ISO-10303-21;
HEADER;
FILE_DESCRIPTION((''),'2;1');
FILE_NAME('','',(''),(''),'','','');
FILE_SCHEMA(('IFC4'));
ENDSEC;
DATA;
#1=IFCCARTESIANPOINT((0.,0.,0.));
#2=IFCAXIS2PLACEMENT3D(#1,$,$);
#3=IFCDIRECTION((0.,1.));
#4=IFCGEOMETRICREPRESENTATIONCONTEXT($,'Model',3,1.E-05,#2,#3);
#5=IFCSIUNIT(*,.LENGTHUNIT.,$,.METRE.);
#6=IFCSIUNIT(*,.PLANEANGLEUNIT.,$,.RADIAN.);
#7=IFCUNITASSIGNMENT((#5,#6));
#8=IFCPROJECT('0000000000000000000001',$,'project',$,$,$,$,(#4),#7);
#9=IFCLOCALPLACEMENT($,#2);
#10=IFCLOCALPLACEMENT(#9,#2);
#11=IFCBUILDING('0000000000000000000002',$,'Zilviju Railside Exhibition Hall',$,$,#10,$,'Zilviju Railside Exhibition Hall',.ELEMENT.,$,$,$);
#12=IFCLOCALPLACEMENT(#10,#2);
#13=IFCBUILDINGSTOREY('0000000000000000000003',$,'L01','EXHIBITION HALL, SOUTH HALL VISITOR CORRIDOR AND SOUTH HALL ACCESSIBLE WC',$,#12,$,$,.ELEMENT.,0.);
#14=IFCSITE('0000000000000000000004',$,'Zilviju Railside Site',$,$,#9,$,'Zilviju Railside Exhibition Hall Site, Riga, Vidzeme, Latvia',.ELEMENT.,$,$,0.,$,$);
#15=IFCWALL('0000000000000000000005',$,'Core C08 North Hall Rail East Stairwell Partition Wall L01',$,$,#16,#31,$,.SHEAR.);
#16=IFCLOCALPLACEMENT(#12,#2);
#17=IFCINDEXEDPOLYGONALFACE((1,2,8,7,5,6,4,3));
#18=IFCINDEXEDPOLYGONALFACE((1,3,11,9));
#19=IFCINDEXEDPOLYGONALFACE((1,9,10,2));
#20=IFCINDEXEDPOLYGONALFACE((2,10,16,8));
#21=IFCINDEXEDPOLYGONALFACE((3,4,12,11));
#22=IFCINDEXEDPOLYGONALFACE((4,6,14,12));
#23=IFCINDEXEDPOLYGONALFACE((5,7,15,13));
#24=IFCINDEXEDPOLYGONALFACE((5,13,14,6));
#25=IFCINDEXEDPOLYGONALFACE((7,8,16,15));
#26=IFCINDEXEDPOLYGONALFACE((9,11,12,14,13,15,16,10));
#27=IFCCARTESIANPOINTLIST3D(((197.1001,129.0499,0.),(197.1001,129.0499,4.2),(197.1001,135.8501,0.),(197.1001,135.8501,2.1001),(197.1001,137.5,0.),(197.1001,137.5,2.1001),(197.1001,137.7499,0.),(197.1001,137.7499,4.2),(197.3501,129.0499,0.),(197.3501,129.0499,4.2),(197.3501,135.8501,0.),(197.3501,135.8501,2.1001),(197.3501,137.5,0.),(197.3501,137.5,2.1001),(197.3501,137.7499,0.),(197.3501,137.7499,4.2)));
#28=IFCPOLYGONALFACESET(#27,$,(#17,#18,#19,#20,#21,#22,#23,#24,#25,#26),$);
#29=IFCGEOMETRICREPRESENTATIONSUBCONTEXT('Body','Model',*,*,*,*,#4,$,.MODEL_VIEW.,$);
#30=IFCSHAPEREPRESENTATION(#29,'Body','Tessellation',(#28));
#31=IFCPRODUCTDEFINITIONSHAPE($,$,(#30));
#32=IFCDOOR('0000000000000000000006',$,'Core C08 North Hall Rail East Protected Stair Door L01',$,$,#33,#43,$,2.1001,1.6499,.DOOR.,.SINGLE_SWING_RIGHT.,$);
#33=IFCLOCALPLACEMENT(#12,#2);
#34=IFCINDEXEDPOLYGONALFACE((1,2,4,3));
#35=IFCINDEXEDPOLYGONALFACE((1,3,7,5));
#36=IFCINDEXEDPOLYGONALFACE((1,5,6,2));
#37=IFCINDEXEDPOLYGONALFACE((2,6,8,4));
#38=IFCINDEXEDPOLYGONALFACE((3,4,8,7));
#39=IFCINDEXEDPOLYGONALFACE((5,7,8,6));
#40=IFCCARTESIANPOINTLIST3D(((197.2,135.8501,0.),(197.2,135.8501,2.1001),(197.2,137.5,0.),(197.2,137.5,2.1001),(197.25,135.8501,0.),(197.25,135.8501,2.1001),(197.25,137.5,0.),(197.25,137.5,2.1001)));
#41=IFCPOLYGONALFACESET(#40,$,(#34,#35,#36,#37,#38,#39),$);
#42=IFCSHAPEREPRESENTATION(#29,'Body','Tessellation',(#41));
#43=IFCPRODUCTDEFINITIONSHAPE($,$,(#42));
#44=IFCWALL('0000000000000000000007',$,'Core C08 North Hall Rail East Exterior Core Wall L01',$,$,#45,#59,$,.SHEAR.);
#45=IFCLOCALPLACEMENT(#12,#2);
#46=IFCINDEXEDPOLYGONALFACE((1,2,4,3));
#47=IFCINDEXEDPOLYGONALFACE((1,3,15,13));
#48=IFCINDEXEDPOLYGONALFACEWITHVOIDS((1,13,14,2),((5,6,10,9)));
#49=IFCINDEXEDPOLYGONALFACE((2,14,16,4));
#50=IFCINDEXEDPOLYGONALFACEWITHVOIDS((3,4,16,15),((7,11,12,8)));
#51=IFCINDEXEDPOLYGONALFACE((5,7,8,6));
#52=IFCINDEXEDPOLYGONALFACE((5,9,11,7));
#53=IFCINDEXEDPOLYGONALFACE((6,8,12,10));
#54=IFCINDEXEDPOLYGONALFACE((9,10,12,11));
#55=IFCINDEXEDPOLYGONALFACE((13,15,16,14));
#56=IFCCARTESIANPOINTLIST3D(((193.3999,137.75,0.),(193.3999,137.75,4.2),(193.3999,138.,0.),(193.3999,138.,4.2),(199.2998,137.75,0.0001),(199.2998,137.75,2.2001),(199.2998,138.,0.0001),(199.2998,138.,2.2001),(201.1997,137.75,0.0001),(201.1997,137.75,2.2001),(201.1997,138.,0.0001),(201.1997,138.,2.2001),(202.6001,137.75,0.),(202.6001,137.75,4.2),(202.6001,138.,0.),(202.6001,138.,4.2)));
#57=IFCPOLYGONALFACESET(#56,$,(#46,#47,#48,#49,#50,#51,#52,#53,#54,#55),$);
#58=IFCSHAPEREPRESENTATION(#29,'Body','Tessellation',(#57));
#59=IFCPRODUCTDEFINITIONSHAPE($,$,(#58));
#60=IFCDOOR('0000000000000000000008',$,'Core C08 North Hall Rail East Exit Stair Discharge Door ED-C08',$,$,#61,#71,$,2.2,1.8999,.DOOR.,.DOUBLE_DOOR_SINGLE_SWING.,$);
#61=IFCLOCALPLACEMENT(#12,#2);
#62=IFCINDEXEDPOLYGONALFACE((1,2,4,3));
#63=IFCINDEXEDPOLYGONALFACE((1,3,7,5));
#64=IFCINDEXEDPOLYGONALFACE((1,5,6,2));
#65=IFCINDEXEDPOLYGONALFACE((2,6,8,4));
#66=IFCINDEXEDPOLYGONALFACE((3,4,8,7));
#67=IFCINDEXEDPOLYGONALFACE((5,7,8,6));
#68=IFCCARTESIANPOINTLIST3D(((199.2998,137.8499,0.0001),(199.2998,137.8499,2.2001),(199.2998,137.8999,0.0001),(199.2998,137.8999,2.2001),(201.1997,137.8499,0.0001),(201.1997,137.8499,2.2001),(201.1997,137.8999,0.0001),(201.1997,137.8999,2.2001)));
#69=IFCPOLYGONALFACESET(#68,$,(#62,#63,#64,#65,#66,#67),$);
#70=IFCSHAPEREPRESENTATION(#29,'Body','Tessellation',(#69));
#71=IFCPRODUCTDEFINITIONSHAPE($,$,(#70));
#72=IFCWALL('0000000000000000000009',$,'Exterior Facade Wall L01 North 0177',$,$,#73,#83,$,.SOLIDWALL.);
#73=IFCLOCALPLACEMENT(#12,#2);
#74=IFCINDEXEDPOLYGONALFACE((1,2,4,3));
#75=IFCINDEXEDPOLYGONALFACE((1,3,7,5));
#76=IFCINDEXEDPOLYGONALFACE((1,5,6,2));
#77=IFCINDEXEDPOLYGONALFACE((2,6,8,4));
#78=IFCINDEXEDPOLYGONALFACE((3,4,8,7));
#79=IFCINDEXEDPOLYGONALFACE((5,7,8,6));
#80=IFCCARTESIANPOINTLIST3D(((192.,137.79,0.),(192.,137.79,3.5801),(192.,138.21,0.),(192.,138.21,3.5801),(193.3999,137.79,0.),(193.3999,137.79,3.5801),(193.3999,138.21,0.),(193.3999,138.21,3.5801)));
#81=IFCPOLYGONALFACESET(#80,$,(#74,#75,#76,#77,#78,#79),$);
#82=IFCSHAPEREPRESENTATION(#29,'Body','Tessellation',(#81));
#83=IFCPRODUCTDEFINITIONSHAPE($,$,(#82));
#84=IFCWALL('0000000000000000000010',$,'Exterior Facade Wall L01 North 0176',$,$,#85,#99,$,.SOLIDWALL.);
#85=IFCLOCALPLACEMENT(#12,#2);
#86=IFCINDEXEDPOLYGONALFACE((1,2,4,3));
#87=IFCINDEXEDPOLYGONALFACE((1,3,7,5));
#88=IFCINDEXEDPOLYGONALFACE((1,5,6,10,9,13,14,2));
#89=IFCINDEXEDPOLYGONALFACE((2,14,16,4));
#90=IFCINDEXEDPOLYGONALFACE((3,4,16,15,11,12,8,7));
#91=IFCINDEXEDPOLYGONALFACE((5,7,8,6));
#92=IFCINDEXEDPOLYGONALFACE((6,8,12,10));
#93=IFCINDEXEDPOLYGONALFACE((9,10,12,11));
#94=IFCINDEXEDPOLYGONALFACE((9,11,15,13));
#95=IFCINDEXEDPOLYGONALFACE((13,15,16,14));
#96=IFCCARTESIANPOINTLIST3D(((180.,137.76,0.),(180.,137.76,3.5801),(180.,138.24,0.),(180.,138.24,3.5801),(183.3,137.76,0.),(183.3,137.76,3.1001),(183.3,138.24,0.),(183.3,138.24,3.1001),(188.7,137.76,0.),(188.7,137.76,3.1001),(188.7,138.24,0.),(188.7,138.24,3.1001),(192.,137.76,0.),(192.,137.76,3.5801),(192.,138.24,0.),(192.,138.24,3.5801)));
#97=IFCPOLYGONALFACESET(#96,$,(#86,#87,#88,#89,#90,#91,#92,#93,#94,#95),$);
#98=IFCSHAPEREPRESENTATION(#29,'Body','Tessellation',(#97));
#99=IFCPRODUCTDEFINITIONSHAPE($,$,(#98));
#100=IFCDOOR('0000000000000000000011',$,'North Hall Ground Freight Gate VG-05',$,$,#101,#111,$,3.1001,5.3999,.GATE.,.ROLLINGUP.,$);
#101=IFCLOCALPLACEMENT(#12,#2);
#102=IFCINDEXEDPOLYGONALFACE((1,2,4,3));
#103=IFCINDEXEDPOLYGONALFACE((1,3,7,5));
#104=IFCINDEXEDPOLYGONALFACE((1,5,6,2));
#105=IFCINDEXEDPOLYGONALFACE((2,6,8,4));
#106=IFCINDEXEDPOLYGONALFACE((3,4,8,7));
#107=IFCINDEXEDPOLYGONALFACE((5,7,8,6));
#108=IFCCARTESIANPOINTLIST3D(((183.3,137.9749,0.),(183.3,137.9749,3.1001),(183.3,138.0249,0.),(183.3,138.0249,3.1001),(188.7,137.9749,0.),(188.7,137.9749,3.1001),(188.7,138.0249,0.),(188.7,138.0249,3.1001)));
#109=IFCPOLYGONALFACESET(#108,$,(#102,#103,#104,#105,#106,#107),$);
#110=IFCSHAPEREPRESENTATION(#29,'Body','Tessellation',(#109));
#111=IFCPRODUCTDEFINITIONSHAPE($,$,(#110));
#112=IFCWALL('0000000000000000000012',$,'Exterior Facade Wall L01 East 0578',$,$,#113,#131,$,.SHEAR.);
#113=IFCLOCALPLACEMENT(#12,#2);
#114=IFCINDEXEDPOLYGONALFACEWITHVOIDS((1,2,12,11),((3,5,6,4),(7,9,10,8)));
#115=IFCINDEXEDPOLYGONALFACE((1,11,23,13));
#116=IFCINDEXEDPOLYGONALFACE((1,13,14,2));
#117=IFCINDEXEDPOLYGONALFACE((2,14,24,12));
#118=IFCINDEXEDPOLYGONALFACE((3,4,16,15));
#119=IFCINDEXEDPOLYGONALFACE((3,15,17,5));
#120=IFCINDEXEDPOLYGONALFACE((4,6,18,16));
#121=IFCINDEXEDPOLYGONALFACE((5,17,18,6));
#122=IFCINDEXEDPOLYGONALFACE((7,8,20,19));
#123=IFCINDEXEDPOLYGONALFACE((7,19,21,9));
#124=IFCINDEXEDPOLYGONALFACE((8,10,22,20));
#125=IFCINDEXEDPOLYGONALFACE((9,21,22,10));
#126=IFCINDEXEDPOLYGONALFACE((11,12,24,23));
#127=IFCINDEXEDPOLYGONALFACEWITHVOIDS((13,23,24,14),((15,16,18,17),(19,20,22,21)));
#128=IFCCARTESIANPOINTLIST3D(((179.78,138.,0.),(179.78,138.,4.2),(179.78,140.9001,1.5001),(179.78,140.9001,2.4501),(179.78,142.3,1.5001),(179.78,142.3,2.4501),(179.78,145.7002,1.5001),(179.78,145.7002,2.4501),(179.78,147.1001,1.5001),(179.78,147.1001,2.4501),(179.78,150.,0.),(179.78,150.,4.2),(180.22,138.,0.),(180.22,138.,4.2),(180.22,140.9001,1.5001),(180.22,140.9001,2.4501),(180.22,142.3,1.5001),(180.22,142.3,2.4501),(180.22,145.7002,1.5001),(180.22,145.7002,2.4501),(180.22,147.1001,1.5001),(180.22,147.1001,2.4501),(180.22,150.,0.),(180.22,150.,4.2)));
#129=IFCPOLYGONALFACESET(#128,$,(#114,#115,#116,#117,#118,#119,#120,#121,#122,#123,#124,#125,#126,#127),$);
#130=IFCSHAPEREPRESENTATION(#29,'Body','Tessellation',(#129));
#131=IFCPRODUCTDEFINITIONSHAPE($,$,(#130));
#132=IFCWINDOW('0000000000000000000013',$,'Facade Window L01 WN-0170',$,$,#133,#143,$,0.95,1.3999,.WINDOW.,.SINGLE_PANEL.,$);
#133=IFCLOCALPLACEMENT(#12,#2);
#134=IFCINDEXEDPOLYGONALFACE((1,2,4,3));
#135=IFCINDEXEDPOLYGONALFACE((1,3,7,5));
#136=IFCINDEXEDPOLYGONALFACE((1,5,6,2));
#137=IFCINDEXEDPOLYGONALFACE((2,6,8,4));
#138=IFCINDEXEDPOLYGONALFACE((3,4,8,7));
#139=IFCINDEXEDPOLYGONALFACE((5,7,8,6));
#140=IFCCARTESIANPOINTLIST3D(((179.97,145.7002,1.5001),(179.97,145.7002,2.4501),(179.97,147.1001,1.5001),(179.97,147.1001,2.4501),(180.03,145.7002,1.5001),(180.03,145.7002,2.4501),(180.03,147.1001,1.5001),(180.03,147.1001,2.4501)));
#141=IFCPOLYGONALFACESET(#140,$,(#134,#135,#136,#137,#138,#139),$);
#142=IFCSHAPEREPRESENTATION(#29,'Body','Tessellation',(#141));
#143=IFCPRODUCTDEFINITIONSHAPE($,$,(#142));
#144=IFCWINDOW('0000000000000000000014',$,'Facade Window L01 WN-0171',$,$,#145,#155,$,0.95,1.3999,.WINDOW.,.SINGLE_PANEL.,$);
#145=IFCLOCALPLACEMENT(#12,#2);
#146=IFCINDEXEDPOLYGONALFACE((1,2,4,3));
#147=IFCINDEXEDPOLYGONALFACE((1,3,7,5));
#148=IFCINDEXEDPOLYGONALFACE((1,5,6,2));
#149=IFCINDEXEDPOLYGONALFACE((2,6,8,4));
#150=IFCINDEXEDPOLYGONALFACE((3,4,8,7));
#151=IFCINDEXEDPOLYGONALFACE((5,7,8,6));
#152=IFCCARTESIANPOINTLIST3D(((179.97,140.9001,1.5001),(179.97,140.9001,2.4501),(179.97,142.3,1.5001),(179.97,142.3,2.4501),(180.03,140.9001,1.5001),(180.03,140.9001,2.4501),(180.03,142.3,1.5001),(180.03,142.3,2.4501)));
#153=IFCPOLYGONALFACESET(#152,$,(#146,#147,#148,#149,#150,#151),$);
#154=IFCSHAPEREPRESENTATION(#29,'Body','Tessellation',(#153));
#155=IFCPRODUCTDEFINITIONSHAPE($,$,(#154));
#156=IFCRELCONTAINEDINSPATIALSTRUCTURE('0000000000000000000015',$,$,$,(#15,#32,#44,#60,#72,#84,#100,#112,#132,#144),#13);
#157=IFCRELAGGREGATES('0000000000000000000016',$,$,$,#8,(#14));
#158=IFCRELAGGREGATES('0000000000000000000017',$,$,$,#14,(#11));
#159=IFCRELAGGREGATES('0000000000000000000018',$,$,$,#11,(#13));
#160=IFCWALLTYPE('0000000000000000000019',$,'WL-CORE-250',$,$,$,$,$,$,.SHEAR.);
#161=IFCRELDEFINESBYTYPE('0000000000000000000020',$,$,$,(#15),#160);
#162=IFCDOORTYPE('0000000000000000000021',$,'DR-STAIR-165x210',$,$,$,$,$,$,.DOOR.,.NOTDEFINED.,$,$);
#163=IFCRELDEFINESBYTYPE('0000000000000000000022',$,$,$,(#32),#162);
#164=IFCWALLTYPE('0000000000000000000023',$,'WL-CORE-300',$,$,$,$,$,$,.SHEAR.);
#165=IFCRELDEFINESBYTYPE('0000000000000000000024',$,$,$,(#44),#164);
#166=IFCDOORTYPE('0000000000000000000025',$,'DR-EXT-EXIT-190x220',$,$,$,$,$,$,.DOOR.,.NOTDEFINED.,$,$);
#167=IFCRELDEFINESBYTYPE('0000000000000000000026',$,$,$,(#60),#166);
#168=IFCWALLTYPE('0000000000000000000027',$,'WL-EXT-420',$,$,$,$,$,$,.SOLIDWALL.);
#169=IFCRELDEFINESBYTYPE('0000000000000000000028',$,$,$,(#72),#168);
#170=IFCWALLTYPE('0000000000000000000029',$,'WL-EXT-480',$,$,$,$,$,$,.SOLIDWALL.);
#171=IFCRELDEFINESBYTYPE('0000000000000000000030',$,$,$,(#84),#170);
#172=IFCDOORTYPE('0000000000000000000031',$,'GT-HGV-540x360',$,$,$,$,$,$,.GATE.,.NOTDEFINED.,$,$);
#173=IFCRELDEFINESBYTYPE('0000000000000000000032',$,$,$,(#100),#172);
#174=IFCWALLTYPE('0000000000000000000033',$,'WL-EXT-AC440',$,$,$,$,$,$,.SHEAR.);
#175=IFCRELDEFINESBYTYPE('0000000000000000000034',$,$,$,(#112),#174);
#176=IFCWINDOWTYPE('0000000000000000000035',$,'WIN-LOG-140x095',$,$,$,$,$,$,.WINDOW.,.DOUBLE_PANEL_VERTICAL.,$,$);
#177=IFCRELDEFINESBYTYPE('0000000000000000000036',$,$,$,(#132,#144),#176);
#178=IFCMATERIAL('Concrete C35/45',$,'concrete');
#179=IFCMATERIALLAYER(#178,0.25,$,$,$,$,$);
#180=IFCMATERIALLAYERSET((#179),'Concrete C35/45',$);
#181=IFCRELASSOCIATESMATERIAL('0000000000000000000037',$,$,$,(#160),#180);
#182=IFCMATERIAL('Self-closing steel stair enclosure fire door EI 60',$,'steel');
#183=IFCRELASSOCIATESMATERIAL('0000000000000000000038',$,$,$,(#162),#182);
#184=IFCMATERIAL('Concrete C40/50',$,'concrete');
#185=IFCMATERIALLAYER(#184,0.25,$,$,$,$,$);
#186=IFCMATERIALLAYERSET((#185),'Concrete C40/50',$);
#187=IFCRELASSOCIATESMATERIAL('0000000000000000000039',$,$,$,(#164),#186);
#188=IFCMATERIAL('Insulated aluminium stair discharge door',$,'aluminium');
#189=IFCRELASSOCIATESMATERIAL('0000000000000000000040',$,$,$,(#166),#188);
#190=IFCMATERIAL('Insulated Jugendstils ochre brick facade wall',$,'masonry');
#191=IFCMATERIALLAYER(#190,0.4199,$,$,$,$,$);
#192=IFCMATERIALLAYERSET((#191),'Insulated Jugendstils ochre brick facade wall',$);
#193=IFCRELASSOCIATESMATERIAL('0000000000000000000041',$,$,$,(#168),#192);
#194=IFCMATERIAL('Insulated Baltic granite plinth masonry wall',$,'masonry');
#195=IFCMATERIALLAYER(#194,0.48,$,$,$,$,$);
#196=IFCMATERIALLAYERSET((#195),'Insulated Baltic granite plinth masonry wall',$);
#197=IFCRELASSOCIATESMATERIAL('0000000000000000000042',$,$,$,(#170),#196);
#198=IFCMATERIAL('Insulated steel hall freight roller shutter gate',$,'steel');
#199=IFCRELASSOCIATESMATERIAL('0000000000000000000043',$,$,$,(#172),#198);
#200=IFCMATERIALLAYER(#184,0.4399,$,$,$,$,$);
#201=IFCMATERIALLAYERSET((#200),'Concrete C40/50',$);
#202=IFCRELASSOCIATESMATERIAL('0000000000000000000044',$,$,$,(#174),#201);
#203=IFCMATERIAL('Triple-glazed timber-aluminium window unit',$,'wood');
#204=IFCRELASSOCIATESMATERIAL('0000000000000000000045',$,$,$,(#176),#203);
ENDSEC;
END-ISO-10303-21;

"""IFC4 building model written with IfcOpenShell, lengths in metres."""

from ifc_helpers import new_model, si_unit, direction, frame, frame_2d, origin, place, context, subcontext, project, spatial, rectangle, extrude, material, layer, layer_set, type_object, element, fill, save


model = new_model("IFC4")

# Units and contexts
model_context = context("Model", 3, precision=1e-05, world=origin(), true_north=direction((0.0, 1.0)))
body_context = subcontext(model_context, "Body", "Model", "MODEL_VIEW")
ifc_project = project(units=[si_unit("LENGTHUNIT", "METRE"), si_unit("PLANEANGLEUNIT", "RADIAN")], contexts=[model_context])

# Site, building, storey
site_placement = place(None, origin())
site = spatial("IfcSite", under=ifc_project, at=site_placement, Name="Zilviju Railside Site", LongName="Zilviju Railside Exhibition Hall Site, Riga, Vidzeme, Latvia", CompositionType="ELEMENT", RefElevation=0.0)
building_placement = place(site_placement, origin())
building = spatial("IfcBuilding", under=site, at=building_placement, Name="Zilviju Railside Exhibition Hall", LongName="Zilviju Railside Exhibition Hall", CompositionType="ELEMENT")
storey_placement = place(building_placement, origin())
storey = spatial("IfcBuildingStorey", under=building, at=storey_placement, Name="L01", Description="EXHIBITION HALL, SOUTH HALL VISITOR CORRIDOR AND SOUTH HALL ACCESSIBLE WC", CompositionType="ELEMENT", Elevation=0.0)

# Shared definitions
ifc_material_1 = material(Name="Concrete C35/45", Category="concrete")

# Shared definitions
ifc_material_2 = material(Name="Concrete C40/50", Category="concrete")

# Walls, openings, doors
ifc_layer_1 = layer(ifc_material_1, 0.25)
ifc_layer_set_1 = layer_set([ifc_layer_1], Name="Concrete C35/45")
wall_type_1 = type_object("IfcWallType", Name="WL-CORE-250", PredefinedType="SHEAR", material=ifc_layer_set_1)
wall_1_placement = place(storey_placement, frame((197.2251, 137.75, 0.0), z_axis=(0.0, 0.0, 1.0), x_axis=(0.0, -1.0, 0.0)))
wall_1 = element("IfcWall", 1, at=wall_1_placement, inside=storey, type_object=wall_type_1, Name="Core C08 North Hall Rail East Stairwell Partition Wall L01", PredefinedType="SHEAR", context=body_context, shape_type="SweptSolid", body=[
    extrude(rectangle(XDim=8.7, YDim=0.25, at=frame_2d((4.3501, 0.0))), origin(), (0.0, 0.0, 1.0), 4.2),
])
opening_1_placement = place(wall_1_placement, frame((0.25, 0.0, 0.0)))
opening_1 = element("IfcOpeningElement", 2, at=opening_1_placement, cuts=wall_1, PredefinedType="OPENING", context=body_context, shape_type="SweptSolid", body=[
    extrude(rectangle(XDim=1.6499, YDim=2.1001, at=frame_2d((0.825, 1.05))), frame((0.0, 0.135, 0.0), z_axis=(0.0, -1.0, 0.0), x_axis=(1.0, 0.0, 0.0)), (0.0, 0.0, 1.0), 0.27),
])
ifc_material_3 = material(Name="Self-closing steel stair enclosure fire door EI 60", Category="steel")
door_type_1 = type_object("IfcDoorType", Name="DR-STAIR-165x210", OperationType="NOTDEFINED", PredefinedType="DOOR", material=ifc_material_3)
door_1_placement = place(opening_1_placement, origin())
door_1 = element("IfcDoor", 3, at=door_1_placement, inside=storey, type_object=door_type_1, Name="Core C08 North Hall Rail East Protected Stair Door L01", OperationType="SINGLE_SWING_RIGHT", OverallHeight=2.1001, OverallWidth=1.6499, PredefinedType="DOOR", context=body_context, shape_type="SweptSolid", body=[
    extrude(rectangle(XDim=1.6499, YDim=2.1001, at=frame_2d((0.825, 1.05))), frame((0.0, 0.0249, 0.0), z_axis=(0.0, -1.0, 0.0), x_axis=(1.0, 0.0, 0.0)), (0.0, 0.0, 1.0), 0.05),
])
fill(opening_1, door_1)
ifc_layer_2 = layer(ifc_material_2, 0.25)
ifc_layer_set_2 = layer_set([ifc_layer_2], Name="Concrete C40/50")
wall_type_2 = type_object("IfcWallType", Name="WL-CORE-300", PredefinedType="SHEAR", material=ifc_layer_set_2)
wall_2_placement = place(storey_placement, frame((193.3999, 137.875, 0.0), z_axis=(0.0, 0.0, 1.0), x_axis=(1.0, 0.0, 0.0)))
wall_2 = element("IfcWall", 4, at=wall_2_placement, inside=storey, type_object=wall_type_2, Name="Core C08 North Hall Rail East Exterior Core Wall L01", PredefinedType="SHEAR", context=body_context, shape_type="SweptSolid", body=[
    extrude(rectangle(XDim=9.2002, YDim=0.25, at=frame_2d((4.6001, 0.0))), origin(), (0.0, 0.0, 1.0), 4.2),
])
opening_2_placement = place(wall_2_placement, frame((5.8999, 0.0, 0.0)))
opening_2 = element("IfcOpeningElement", 5, at=opening_2_placement, cuts=wall_2, PredefinedType="OPENING", context=body_context, shape_type="SweptSolid", body=[
    extrude(rectangle(XDim=1.8999, YDim=2.2, at=frame_2d((0.95, 1.1001))), frame((0.0, 0.135, 0.0), z_axis=(0.0, -1.0, 0.0), x_axis=(1.0, 0.0, 0.0)), (0.0, 0.0, 1.0), 0.27),
])
ifc_material_4 = material(Name="Insulated aluminium stair discharge door", Category="aluminium")
door_type_2 = type_object("IfcDoorType", Name="DR-EXT-EXIT-190x220", OperationType="NOTDEFINED", PredefinedType="DOOR", material=ifc_material_4)
door_2_placement = place(opening_2_placement, origin())
door_2 = element("IfcDoor", 6, at=door_2_placement, inside=storey, type_object=door_type_2, Name="Core C08 North Hall Rail East Exit Stair Discharge Door ED-C08", OperationType="DOUBLE_DOOR_SINGLE_SWING", OverallHeight=2.2, OverallWidth=1.8999, PredefinedType="DOOR", context=body_context, shape_type="SweptSolid", body=[
    extrude(rectangle(XDim=1.8999, YDim=2.2, at=frame_2d((0.95, 1.1001))), frame((0.0, 0.0249, 0.0), z_axis=(0.0, -1.0, 0.0), x_axis=(1.0, 0.0, 0.0)), (0.0, 0.0, 1.0), 0.05),
])
fill(opening_2, door_2)

# Wall
ifc_material_5 = material(Name="Insulated Jugendstils ochre brick facade wall", Category="masonry")
ifc_layer_3 = layer(ifc_material_5, 0.4199)
ifc_layer_set_3 = layer_set([ifc_layer_3], Name="Insulated Jugendstils ochre brick facade wall")
wall_type_3 = type_object("IfcWallType", Name="WL-EXT-420", PredefinedType="SOLIDWALL", material=ifc_layer_set_3)
wall_3_placement = place(storey_placement, frame((192.0, 138.0, 0.0), z_axis=(0.0, 0.0, 1.0), x_axis=(1.0, 0.0, 0.0)))
element("IfcWall", 7, at=wall_3_placement, inside=storey, type_object=wall_type_3, Name="Exterior Facade Wall L01 North 0177", PredefinedType="SOLIDWALL", context=body_context, shape_type="SweptSolid", body=[
    extrude(rectangle(XDim=1.3999, YDim=0.4199, at=frame_2d((0.7, 0.0))), origin(), (0.0, 0.0, 1.0), 3.5801),
])

# Wall, opening, door
ifc_material_6 = material(Name="Insulated Baltic granite plinth masonry wall", Category="masonry")
ifc_layer_4 = layer(ifc_material_6, 0.48)
ifc_layer_set_4 = layer_set([ifc_layer_4], Name="Insulated Baltic granite plinth masonry wall")
wall_type_4 = type_object("IfcWallType", Name="WL-EXT-480", PredefinedType="SOLIDWALL", material=ifc_layer_set_4)
wall_4_placement = place(storey_placement, frame((180.0, 138.0, 0.0), z_axis=(0.0, 0.0, 1.0), x_axis=(1.0, 0.0, 0.0)))
wall_4 = element("IfcWall", 8, at=wall_4_placement, inside=storey, type_object=wall_type_4, Name="Exterior Facade Wall L01 North 0176", PredefinedType="SOLIDWALL", context=body_context, shape_type="SweptSolid", body=[
    extrude(rectangle(XDim=12.0, YDim=0.48, at=frame_2d((6.0, 0.0))), origin(), (0.0, 0.0, 1.0), 3.5801),
])
opening_3_placement = place(wall_4_placement, frame((3.3, 0.0, 0.0)))
opening_3 = element("IfcOpeningElement", 9, at=opening_3_placement, cuts=wall_4, PredefinedType="OPENING", context=body_context, shape_type="SweptSolid", body=[
    extrude(rectangle(XDim=5.3999, YDim=3.1001, at=frame_2d((2.7, 1.55))), frame((0.0, 0.25, 0.0), z_axis=(0.0, -1.0, 0.0), x_axis=(1.0, 0.0, 0.0)), (0.0, 0.0, 1.0), 0.5),
])
ifc_material_7 = material(Name="Insulated steel hall freight roller shutter gate", Category="steel")
door_type_3 = type_object("IfcDoorType", Name="GT-HGV-540x360", OperationType="NOTDEFINED", PredefinedType="GATE", material=ifc_material_7)
door_3_placement = place(opening_3_placement, origin())
door_3 = element("IfcDoor", 10, at=door_3_placement, inside=storey, type_object=door_type_3, Name="North Hall Ground Freight Gate VG-05", OperationType="ROLLINGUP", OverallHeight=3.1001, OverallWidth=5.3999, PredefinedType="GATE", context=body_context, shape_type="SweptSolid", body=[
    extrude(rectangle(XDim=5.3999, YDim=3.1001, at=frame_2d((2.7, 1.55))), frame((0.0, 0.0249, 0.0), z_axis=(0.0, -1.0, 0.0), x_axis=(1.0, 0.0, 0.0)), (0.0, 0.0, 1.0), 0.05),
])
fill(opening_3, door_3)

# Wall, openings, windows
ifc_layer_5 = layer(ifc_material_2, 0.4399)
ifc_layer_set_5 = layer_set([ifc_layer_5], Name="Concrete C40/50")
wall_type_5 = type_object("IfcWallType", Name="WL-EXT-AC440", PredefinedType="SHEAR", material=ifc_layer_set_5)
wall_5_placement = place(storey_placement, frame((180.0, 150.0, 0.0), z_axis=(0.0, 0.0, 1.0), x_axis=(0.0, -1.0, 0.0)))
wall_5 = element("IfcWall", 11, at=wall_5_placement, inside=storey, type_object=wall_type_5, Name="Exterior Facade Wall L01 East 0578", PredefinedType="SHEAR", context=body_context, shape_type="SweptSolid", body=[
    extrude(rectangle(XDim=12.0, YDim=0.4399, at=frame_2d((6.0, 0.0))), origin(), (0.0, 0.0, 1.0), 4.2),
])
opening_4_placement = place(wall_5_placement, frame((2.8999, 0.0, 1.5)))
opening_4 = element("IfcOpeningElement", 12, at=opening_4_placement, cuts=wall_5, PredefinedType="OPENING", context=body_context, shape_type="SweptSolid", body=[
    extrude(rectangle(XDim=1.3999, YDim=0.95, at=frame_2d((0.7, 0.4751))), frame((0.0, 0.23, 0.0), z_axis=(0.0, -1.0, 0.0), x_axis=(1.0, 0.0, 0.0)), (0.0, 0.0, 1.0), 0.46),
])
opening_5_placement = place(wall_5_placement, frame((7.7, 0.0, 1.5)))
opening_5 = element("IfcOpeningElement", 13, at=opening_5_placement, cuts=wall_5, PredefinedType="OPENING", context=body_context, shape_type="SweptSolid", body=[
    extrude(rectangle(XDim=1.3999, YDim=0.95, at=frame_2d((0.7, 0.4751))), frame((0.0, 0.23, 0.0), z_axis=(0.0, -1.0, 0.0), x_axis=(1.0, 0.0, 0.0)), (0.0, 0.0, 1.0), 0.46),
])
ifc_material_8 = material(Name="Triple-glazed timber-aluminium window unit", Category="wood")
window_type = type_object("IfcWindowType", Name="WIN-LOG-140x095", PartitioningType="DOUBLE_PANEL_VERTICAL", PredefinedType="WINDOW", material=ifc_material_8)
window_1_placement = place(opening_4_placement, origin())
window_1 = element("IfcWindow", 14, at=window_1_placement, inside=storey, type_object=window_type, Name="Facade Window L01 WN-0170", OverallHeight=0.95, OverallWidth=1.3999, PartitioningType="SINGLE_PANEL", PredefinedType="WINDOW", context=body_context, shape_type="SweptSolid", body=[
    extrude(rectangle(XDim=1.3999, YDim=0.95, at=frame_2d((0.7, 0.4751))), frame((0.0, 0.03, 0.0), z_axis=(0.0, -1.0, 0.0), x_axis=(1.0, 0.0, 0.0)), (0.0, 0.0, 1.0), 0.0601),
])
fill(opening_4, window_1)
window_2_placement = place(opening_5_placement, origin())
window_2 = element("IfcWindow", 15, at=window_2_placement, inside=storey, type_object=window_type, Name="Facade Window L01 WN-0171", OverallHeight=0.95, OverallWidth=1.3999, PartitioningType="SINGLE_PANEL", PredefinedType="WINDOW", context=body_context, shape_type="SweptSolid", body=[
    extrude(rectangle(XDim=1.3999, YDim=0.95, at=frame_2d((0.7, 0.4751))), frame((0.0, 0.03, 0.0), z_axis=(0.0, -1.0, 0.0), x_axis=(1.0, 0.0, 0.0)), (0.0, 0.0, 1.0), 0.0601),
])
fill(opening_5, window_2)

save(model, "model.ifc")
